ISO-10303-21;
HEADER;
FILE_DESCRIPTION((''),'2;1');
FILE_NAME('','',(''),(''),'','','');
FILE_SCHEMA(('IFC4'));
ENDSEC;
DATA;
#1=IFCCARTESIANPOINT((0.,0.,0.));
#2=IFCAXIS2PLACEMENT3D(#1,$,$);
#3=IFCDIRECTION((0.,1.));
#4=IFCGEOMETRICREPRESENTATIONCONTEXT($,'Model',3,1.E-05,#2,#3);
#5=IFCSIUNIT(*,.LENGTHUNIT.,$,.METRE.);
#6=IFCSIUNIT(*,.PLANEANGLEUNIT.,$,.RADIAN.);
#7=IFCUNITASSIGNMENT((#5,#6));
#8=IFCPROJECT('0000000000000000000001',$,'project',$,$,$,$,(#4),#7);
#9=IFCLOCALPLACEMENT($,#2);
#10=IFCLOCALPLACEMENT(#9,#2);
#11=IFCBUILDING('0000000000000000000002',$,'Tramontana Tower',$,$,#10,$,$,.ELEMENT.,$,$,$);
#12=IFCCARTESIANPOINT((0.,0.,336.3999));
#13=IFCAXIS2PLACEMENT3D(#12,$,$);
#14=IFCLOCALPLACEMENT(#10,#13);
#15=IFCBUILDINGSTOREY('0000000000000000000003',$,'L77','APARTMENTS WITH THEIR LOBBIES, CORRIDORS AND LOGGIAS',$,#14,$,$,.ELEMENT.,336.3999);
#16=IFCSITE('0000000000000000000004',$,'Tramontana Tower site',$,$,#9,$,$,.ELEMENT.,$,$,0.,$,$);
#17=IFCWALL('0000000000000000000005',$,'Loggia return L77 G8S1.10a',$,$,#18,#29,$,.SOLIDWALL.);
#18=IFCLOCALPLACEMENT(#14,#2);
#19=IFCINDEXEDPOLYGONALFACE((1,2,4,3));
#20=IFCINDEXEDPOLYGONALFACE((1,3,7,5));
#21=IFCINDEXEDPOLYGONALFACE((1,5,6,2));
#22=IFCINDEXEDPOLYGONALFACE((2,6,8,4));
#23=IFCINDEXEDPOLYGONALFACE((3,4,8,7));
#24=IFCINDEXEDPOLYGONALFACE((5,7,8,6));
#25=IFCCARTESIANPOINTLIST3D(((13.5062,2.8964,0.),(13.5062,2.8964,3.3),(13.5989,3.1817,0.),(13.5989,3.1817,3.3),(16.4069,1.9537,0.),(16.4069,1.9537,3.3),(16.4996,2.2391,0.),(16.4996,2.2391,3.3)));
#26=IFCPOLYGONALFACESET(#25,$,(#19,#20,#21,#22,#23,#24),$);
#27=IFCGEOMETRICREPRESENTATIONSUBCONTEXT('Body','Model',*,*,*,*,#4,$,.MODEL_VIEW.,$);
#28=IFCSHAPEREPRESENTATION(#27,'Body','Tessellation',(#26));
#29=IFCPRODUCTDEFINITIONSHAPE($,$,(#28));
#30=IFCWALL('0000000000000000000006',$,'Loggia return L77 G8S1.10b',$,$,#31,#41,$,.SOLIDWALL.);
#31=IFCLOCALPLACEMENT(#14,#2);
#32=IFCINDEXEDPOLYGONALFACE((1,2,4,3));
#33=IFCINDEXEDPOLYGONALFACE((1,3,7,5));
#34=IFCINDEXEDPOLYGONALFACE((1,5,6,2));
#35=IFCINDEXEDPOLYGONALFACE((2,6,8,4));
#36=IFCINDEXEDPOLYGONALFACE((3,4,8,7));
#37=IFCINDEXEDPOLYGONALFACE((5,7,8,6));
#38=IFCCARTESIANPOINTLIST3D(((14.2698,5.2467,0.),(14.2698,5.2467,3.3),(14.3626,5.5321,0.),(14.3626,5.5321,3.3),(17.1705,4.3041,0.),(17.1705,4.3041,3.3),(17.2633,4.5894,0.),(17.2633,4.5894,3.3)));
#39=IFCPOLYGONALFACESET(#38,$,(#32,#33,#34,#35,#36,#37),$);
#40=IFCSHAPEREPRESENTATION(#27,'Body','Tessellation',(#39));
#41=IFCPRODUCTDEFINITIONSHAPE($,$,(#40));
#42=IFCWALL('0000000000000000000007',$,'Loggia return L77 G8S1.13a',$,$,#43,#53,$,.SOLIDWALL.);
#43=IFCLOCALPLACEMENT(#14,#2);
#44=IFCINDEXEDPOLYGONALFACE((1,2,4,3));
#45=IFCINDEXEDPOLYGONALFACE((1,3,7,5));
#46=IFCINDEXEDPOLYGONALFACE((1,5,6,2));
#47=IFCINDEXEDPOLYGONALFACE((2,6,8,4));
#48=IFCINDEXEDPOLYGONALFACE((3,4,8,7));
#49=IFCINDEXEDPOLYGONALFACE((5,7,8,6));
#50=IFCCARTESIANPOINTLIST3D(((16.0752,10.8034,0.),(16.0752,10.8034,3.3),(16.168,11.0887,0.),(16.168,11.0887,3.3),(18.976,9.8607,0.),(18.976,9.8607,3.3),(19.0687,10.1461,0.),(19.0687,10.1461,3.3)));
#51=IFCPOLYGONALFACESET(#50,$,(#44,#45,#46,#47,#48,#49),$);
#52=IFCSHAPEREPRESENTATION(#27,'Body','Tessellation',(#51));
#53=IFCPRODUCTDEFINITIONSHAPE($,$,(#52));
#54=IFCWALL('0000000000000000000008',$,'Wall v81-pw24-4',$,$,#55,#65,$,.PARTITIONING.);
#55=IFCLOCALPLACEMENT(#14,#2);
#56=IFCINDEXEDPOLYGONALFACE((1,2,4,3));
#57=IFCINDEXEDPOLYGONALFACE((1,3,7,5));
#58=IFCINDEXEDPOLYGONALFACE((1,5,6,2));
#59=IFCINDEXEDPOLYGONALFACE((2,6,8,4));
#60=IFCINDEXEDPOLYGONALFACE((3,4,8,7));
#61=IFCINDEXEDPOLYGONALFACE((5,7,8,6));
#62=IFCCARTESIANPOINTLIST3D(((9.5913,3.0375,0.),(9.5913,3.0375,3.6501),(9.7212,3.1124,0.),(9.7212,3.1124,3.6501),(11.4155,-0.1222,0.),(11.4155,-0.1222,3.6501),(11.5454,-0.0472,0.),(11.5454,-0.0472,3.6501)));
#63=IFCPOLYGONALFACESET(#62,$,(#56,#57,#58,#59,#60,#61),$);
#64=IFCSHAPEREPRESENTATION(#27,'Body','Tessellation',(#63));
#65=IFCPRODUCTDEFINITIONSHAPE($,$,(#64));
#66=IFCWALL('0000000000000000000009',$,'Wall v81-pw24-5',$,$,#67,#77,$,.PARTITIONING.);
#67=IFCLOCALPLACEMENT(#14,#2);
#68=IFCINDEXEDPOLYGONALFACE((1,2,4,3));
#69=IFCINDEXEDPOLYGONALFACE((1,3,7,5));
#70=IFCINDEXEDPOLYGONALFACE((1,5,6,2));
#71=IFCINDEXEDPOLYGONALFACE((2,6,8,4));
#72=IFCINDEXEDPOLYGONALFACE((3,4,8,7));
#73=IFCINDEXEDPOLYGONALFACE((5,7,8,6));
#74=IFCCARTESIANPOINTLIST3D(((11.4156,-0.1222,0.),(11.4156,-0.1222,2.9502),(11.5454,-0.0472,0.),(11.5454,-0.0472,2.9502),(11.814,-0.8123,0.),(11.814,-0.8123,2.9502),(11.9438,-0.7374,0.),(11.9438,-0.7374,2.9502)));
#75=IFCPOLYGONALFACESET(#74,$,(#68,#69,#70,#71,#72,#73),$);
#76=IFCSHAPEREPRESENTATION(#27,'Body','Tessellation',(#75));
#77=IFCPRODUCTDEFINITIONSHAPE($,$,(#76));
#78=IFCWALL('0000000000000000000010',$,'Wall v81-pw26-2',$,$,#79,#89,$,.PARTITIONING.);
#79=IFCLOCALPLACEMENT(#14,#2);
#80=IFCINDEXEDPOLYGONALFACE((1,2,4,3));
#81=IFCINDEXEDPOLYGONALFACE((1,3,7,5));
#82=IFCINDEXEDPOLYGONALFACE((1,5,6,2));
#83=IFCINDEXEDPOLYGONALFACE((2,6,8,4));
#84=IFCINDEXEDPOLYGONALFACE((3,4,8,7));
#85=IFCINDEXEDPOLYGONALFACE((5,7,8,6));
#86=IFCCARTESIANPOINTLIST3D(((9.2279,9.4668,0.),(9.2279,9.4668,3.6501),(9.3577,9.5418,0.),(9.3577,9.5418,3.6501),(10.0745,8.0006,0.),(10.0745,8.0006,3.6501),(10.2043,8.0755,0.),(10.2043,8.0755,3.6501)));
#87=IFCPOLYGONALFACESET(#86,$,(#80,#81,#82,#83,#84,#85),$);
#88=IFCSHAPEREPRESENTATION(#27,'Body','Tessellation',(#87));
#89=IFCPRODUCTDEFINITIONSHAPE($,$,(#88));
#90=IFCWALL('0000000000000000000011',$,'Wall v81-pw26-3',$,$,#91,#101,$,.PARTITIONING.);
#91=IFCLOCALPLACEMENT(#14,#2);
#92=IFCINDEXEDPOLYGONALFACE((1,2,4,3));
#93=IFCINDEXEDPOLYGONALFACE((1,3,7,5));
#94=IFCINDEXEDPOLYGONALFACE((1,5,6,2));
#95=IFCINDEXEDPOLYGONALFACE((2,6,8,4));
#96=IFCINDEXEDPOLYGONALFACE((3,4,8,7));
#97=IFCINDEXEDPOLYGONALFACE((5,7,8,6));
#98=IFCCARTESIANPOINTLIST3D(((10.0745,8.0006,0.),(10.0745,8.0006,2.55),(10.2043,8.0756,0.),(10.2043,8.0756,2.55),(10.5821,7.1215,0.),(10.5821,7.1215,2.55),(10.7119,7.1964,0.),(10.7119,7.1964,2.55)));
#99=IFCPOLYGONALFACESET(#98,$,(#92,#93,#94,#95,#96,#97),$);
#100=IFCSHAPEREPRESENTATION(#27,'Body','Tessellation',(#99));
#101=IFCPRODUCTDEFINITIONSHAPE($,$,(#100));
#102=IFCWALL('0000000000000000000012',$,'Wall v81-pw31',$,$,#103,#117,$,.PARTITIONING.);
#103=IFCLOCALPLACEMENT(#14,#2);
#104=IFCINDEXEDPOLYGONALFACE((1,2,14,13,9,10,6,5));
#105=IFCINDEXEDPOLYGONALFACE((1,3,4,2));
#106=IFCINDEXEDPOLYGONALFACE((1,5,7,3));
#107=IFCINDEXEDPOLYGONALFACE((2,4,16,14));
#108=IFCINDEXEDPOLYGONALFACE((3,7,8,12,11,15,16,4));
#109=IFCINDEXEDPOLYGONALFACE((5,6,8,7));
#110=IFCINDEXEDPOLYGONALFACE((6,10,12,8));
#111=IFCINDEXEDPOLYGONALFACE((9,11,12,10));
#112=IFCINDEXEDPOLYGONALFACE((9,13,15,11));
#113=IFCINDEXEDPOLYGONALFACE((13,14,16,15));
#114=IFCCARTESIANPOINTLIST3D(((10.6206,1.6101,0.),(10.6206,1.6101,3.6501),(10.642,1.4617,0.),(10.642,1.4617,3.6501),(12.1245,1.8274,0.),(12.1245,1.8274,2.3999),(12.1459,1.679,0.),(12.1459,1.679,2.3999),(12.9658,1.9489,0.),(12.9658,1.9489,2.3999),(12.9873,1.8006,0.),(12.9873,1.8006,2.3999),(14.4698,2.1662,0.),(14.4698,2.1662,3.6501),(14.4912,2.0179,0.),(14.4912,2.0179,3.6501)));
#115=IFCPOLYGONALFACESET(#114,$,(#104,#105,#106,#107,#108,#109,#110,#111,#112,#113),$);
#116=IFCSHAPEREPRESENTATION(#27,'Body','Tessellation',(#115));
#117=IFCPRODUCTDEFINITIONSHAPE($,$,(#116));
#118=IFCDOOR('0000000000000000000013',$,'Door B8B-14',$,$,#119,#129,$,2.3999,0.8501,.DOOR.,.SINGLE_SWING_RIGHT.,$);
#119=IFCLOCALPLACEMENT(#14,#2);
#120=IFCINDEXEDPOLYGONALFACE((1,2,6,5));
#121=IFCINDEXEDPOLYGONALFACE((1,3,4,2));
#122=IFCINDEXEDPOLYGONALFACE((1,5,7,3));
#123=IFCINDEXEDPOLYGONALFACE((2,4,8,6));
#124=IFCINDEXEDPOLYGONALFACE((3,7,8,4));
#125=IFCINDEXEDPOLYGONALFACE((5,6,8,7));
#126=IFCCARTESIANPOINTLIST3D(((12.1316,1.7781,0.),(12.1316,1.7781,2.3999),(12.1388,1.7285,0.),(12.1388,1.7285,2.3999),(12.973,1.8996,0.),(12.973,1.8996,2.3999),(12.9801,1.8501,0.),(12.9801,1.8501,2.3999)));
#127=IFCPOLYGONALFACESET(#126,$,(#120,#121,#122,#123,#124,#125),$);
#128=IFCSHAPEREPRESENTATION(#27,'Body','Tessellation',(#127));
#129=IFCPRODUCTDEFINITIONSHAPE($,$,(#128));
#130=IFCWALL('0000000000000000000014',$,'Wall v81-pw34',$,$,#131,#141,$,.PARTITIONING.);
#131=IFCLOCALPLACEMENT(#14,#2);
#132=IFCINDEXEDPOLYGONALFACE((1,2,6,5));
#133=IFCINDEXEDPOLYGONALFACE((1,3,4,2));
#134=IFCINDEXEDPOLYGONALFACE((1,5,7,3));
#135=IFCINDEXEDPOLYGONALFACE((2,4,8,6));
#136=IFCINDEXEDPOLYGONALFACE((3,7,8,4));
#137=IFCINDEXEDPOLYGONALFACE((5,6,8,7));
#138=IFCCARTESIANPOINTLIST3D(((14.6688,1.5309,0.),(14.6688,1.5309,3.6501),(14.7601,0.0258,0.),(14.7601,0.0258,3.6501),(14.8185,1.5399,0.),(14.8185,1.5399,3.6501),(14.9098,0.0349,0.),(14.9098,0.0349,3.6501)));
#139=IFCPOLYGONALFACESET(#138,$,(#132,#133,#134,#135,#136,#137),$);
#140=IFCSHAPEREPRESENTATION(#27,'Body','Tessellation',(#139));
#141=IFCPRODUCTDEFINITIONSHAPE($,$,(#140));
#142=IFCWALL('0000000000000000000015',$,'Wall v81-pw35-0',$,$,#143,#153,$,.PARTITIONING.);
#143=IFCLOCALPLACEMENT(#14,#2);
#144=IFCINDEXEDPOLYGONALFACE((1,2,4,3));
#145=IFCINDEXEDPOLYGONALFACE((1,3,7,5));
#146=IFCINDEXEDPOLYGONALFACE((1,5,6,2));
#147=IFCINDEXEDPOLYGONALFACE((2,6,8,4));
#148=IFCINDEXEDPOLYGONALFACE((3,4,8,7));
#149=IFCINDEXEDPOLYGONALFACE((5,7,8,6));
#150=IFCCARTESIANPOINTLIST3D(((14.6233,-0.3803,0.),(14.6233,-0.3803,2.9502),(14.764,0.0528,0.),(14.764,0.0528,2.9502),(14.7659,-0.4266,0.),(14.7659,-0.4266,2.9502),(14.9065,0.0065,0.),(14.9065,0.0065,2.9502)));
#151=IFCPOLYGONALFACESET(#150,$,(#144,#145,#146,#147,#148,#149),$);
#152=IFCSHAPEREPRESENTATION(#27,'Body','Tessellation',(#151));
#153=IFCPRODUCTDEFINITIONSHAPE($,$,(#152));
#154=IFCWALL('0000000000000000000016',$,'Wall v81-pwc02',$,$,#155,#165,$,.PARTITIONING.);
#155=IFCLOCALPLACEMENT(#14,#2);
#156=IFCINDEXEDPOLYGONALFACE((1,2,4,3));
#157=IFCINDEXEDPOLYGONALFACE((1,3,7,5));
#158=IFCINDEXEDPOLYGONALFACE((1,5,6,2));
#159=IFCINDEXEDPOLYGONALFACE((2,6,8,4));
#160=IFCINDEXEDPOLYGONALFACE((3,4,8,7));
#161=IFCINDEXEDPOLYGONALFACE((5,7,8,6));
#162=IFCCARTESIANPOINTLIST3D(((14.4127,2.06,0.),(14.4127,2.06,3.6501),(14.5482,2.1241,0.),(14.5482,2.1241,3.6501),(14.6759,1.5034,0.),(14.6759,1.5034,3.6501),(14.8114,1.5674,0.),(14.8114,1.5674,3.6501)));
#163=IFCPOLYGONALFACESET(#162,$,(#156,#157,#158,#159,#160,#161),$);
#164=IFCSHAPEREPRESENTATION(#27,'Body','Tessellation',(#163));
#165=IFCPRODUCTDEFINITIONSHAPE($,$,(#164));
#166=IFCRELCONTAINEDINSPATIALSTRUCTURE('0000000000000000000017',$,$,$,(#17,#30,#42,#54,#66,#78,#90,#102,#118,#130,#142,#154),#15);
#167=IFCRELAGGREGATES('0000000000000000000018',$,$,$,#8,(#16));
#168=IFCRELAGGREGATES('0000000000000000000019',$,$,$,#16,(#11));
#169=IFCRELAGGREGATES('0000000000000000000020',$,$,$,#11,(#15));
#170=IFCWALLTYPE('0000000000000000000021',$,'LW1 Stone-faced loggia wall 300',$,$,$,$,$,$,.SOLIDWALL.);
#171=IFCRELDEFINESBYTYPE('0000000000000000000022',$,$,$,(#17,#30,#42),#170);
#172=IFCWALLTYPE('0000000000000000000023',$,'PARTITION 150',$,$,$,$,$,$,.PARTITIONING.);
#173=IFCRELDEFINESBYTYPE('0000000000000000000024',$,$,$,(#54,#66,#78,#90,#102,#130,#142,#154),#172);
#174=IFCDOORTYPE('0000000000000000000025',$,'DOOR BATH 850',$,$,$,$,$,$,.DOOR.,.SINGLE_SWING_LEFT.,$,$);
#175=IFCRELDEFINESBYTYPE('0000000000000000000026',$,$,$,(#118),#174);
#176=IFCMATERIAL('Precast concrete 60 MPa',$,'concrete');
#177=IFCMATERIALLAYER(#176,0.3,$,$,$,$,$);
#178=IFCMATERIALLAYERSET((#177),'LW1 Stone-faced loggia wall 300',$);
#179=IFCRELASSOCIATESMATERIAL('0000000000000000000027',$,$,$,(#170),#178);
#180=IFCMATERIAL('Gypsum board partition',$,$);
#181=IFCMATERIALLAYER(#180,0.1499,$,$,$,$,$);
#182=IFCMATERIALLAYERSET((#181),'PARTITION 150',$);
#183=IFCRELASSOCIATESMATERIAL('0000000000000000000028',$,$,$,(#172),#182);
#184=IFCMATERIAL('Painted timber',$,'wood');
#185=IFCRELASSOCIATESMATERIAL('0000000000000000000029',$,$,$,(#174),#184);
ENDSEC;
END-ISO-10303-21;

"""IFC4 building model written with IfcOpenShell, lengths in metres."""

from ifc_helpers import new_model, si_unit, direction, frame, frame_2d, origin, place, context, subcontext, project, spatial, rectangle, extrude, material, layer, layer_set, type_object, element, fill, save


model = new_model("IFC4")

# Units and contexts
model_context = context("Model", 3, precision=1e-05, world=origin(), true_north=direction((0.0, 1.0)))
body_context = subcontext(model_context, "Body", "Model", "MODEL_VIEW")
ifc_project = project(units=[si_unit("LENGTHUNIT", "METRE"), si_unit("PLANEANGLEUNIT", "RADIAN")], contexts=[model_context])

# Site, building, storey
site_placement = place(None, origin())
site = spatial("IfcSite", under=ifc_project, at=site_placement, Name="Tramontana Tower site", CompositionType="ELEMENT", RefElevation=0.0)
building_placement = place(site_placement, origin())
building = spatial("IfcBuilding", under=site, at=building_placement, Name="Tramontana Tower", CompositionType="ELEMENT")
storey_placement = place(building_placement, frame((0.0, 0.0, 336.3999)))
storey = spatial("IfcBuildingStorey", under=building, at=storey_placement, Name="L77", Description="APARTMENTS WITH THEIR LOBBIES, CORRIDORS AND LOGGIAS", CompositionType="ELEMENT", Elevation=336.3999)

# Shared definitions
ifc_material_1 = material(Name="Precast concrete 60 MPa", Category="concrete")
ifc_layer_1 = layer(ifc_material_1, 0.3)
ifc_layer_set_1 = layer_set([ifc_layer_1], Name="LW1 Stone-faced loggia wall 300")
wall_type_1 = type_object("IfcWallType", Name="LW1 Stone-faced loggia wall 300", PredefinedType="SOLIDWALL", material=ifc_layer_set_1)

# Walls
for number, where, z_axis, x_axis, name in (
    (1, (16.4531, 2.0964, 0.0), (0.0, 0.0, 1.0), (-0.951042, 0.309063, 0.0), "Loggia return L77 G8S1.10a"),
    (2, (17.2168, 4.4468, 0.0), (0.0, 0.0, 1.0), (-0.951042, 0.309063, 0.0), "Loggia return L77 G8S1.10b"),
    (3, (19.0222, 10.0034, 0.0), (0.0, 0.0, 1.0), (-0.951042, 0.309063, 0.0), "Loggia return L77 G8S1.13a"),
):
    element("IfcWall", number, at=place(storey_placement, frame(where, z_axis=z_axis, x_axis=x_axis)), inside=storey, type_object=wall_type_1, Name=name, PredefinedType="SOLIDWALL", context=body_context, shape_type="SweptSolid", body=[
        extrude(rectangle(XDim=3.05, YDim=0.3, at=frame_2d((1.5249, 0.0))), origin(), (0.0, 0.0, 1.0), 3.3),
    ])
ifc_material_2 = material(Name="Gypsum board partition")
ifc_layer_2 = layer(ifc_material_2, 0.1499)
ifc_layer_set_2 = layer_set([ifc_layer_2], Name="PARTITION 150")
wall_type_2 = type_object("IfcWallType", Name="PARTITION 150", PredefinedType="PARTITIONING", material=ifc_layer_set_2)
wall_1_placement = place(storey_placement, frame((9.6562, 3.075, 0.0), z_axis=(0.0, 0.0, 1.0), x_axis=(0.499997, -0.866027, 0.0)))
element("IfcWall", 4, at=wall_1_placement, inside=storey, type_object=wall_type_2, Name="Wall v81-pw24-4", PredefinedType="PARTITIONING", context=body_context, shape_type="SweptSolid", body=[
    extrude(rectangle(XDim=3.6484, YDim=0.1499, at=frame_2d((1.8242, 0.0))), origin(), (0.0, 0.0, 1.0), 3.6501),
])
wall_2_placement = place(storey_placement, frame((11.4805, -0.0847, 0.0), z_axis=(0.0, 0.0, 1.0), x_axis=(0.499961, -0.866048, 0.0)))
element("IfcWall", 5, at=wall_2_placement, inside=storey, type_object=wall_type_2, Name="Wall v81-pw24-5", PredefinedType="PARTITIONING", context=body_context, shape_type="SweptSolid", body=[
    extrude(rectangle(XDim=0.7969, YDim=0.1499, at=frame_2d((0.3984, 0.0))), origin(), (0.0, 0.0, 1.0), 2.9502),
])
wall_3_placement = place(storey_placement, frame((9.2927, 9.5044, 0.0), z_axis=(0.0, 0.0, 1.0), x_axis=(0.500047, -0.865998, 0.0)))
element("IfcWall", 6, at=wall_3_placement, inside=storey, type_object=wall_type_2, Name="Wall v81-pw26-2", PredefinedType="PARTITIONING", context=body_context, shape_type="SweptSolid", body=[
    extrude(rectangle(XDim=1.6931, YDim=0.1499, at=frame_2d((0.8467, 0.0))), origin(), (0.0, 0.0, 1.0), 3.6501),
])
wall_4_placement = place(storey_placement, frame((10.1394, 8.0381, 0.0), z_axis=(0.0, 0.0, 1.0), x_axis=(0.499993, -0.866029, 0.0)))
element("IfcWall", 7, at=wall_4_placement, inside=storey, type_object=wall_type_2, Name="Wall v81-pw26-3", PredefinedType="PARTITIONING", context=body_context, shape_type="SweptSolid", body=[
    extrude(rectangle(XDim=1.0151, YDim=0.1499, at=frame_2d((0.5076, 0.0))), origin(), (0.0, 0.0, 1.0), 2.55),
])

# Wall, opening, door
wall_5_placement = place(storey_placement, frame((14.4805, 2.092, 0.0), z_axis=(0.0, 0.0, 1.0), x_axis=(-0.989722, -0.143003, 0.0)))
wall_5 = element("IfcWall", 8, at=wall_5_placement, inside=storey, type_object=wall_type_2, Name="Wall v81-pw31", PredefinedType="PARTITIONING", context=body_context, shape_type="SweptSolid", body=[
    extrude(rectangle(XDim=3.8892, YDim=0.1499, at=frame_2d((1.9446, 0.0))), origin(), (0.0, 0.0, 1.0), 3.6501),
])
opening_1_placement = place(wall_5_placement, frame((1.5195, 0.0, 0.0)))
opening_1 = element("IfcOpeningElement", 9, at=opening_1_placement, cuts=wall_5, PredefinedType="OPENING", context=body_context, shape_type="SweptSolid", body=[
    extrude(rectangle(XDim=0.8501, YDim=2.3999, at=frame_2d((0.425, 1.2))), frame((0.0, 0.085, 0.0), z_axis=(0.0, -1.0, 0.0), x_axis=(1.0, 0.0, 0.0)), (0.0, 0.0, 1.0), 0.1699),
])
ifc_material_3 = material(Name="Painted timber", Category="wood")
door_type_1 = type_object("IfcDoorType", Name="DOOR BATH 850", OperationType="SINGLE_SWING_LEFT", PredefinedType="DOOR", material=ifc_material_3)
door_1_placement = place(opening_1_placement, origin())
door_1 = element("IfcDoor", 10, at=door_1_placement, inside=storey, type_object=door_type_1, Name="Door B8B-14", OperationType="SINGLE_SWING_RIGHT", OverallHeight=2.3999, OverallWidth=0.8501, PredefinedType="DOOR", context=body_context, shape_type="SweptSolid", body=[
    extrude(rectangle(XDim=0.8501, YDim=2.3999, at=frame_2d((0.425, 1.2))), frame((0.0, 0.0249, 0.0), z_axis=(0.0, -1.0, 0.0), x_axis=(1.0, 0.0, 0.0)), (0.0, 0.0, 1.0), 0.05),
])
fill(opening_1, door_1)

# Walls
wall_6_placement = place(storey_placement, frame((14.7437, 1.5354, 0.0), z_axis=(0.0, 0.0, 1.0), x_axis=(0.060554, -0.998165, 0.0)))
element("IfcWall", 11, at=wall_6_placement, inside=storey, type_object=wall_type_2, Name="Wall v81-pw34", PredefinedType="PARTITIONING", context=body_context, shape_type="SweptSolid", body=[
    extrude(rectangle(XDim=1.5078, YDim=0.1499, at=frame_2d((0.7539, 0.0))), origin(), (0.0, 0.0, 1.0), 3.6501),
])
wall_7_placement = place(storey_placement, frame((14.8352, 0.0295, 0.0), z_axis=(0.0, 0.0, 1.0), x_axis=(-0.308819, -0.951121, 0.0)))
element("IfcWall", 12, at=wall_7_placement, inside=storey, type_object=wall_type_2, Name="Wall v81-pw35-0", PredefinedType="PARTITIONING", context=body_context, shape_type="SweptSolid", body=[
    extrude(rectangle(XDim=0.4553, YDim=0.1499, at=frame_2d((0.2275, 0.0))), origin(), (0.0, 0.0, 1.0), 2.9502),
])
wall_8_placement = place(storey_placement, frame((14.4805, 2.092, 0.0), z_axis=(0.0, 0.0, 1.0), x_axis=(0.427439, -0.904044, 0.0)))
element("IfcWall", 13, at=wall_8_placement, inside=storey, type_object=wall_type_2, Name="Wall v81-pwc02", PredefinedType="PARTITIONING", context=body_context, shape_type="SweptSolid", body=[
    extrude(rectangle(XDim=0.6157, YDim=0.1499, at=frame_2d((0.3079, 0.0))), origin(), (0.0, 0.0, 1.0), 3.6501),
])

save(model, "model.ifc")
